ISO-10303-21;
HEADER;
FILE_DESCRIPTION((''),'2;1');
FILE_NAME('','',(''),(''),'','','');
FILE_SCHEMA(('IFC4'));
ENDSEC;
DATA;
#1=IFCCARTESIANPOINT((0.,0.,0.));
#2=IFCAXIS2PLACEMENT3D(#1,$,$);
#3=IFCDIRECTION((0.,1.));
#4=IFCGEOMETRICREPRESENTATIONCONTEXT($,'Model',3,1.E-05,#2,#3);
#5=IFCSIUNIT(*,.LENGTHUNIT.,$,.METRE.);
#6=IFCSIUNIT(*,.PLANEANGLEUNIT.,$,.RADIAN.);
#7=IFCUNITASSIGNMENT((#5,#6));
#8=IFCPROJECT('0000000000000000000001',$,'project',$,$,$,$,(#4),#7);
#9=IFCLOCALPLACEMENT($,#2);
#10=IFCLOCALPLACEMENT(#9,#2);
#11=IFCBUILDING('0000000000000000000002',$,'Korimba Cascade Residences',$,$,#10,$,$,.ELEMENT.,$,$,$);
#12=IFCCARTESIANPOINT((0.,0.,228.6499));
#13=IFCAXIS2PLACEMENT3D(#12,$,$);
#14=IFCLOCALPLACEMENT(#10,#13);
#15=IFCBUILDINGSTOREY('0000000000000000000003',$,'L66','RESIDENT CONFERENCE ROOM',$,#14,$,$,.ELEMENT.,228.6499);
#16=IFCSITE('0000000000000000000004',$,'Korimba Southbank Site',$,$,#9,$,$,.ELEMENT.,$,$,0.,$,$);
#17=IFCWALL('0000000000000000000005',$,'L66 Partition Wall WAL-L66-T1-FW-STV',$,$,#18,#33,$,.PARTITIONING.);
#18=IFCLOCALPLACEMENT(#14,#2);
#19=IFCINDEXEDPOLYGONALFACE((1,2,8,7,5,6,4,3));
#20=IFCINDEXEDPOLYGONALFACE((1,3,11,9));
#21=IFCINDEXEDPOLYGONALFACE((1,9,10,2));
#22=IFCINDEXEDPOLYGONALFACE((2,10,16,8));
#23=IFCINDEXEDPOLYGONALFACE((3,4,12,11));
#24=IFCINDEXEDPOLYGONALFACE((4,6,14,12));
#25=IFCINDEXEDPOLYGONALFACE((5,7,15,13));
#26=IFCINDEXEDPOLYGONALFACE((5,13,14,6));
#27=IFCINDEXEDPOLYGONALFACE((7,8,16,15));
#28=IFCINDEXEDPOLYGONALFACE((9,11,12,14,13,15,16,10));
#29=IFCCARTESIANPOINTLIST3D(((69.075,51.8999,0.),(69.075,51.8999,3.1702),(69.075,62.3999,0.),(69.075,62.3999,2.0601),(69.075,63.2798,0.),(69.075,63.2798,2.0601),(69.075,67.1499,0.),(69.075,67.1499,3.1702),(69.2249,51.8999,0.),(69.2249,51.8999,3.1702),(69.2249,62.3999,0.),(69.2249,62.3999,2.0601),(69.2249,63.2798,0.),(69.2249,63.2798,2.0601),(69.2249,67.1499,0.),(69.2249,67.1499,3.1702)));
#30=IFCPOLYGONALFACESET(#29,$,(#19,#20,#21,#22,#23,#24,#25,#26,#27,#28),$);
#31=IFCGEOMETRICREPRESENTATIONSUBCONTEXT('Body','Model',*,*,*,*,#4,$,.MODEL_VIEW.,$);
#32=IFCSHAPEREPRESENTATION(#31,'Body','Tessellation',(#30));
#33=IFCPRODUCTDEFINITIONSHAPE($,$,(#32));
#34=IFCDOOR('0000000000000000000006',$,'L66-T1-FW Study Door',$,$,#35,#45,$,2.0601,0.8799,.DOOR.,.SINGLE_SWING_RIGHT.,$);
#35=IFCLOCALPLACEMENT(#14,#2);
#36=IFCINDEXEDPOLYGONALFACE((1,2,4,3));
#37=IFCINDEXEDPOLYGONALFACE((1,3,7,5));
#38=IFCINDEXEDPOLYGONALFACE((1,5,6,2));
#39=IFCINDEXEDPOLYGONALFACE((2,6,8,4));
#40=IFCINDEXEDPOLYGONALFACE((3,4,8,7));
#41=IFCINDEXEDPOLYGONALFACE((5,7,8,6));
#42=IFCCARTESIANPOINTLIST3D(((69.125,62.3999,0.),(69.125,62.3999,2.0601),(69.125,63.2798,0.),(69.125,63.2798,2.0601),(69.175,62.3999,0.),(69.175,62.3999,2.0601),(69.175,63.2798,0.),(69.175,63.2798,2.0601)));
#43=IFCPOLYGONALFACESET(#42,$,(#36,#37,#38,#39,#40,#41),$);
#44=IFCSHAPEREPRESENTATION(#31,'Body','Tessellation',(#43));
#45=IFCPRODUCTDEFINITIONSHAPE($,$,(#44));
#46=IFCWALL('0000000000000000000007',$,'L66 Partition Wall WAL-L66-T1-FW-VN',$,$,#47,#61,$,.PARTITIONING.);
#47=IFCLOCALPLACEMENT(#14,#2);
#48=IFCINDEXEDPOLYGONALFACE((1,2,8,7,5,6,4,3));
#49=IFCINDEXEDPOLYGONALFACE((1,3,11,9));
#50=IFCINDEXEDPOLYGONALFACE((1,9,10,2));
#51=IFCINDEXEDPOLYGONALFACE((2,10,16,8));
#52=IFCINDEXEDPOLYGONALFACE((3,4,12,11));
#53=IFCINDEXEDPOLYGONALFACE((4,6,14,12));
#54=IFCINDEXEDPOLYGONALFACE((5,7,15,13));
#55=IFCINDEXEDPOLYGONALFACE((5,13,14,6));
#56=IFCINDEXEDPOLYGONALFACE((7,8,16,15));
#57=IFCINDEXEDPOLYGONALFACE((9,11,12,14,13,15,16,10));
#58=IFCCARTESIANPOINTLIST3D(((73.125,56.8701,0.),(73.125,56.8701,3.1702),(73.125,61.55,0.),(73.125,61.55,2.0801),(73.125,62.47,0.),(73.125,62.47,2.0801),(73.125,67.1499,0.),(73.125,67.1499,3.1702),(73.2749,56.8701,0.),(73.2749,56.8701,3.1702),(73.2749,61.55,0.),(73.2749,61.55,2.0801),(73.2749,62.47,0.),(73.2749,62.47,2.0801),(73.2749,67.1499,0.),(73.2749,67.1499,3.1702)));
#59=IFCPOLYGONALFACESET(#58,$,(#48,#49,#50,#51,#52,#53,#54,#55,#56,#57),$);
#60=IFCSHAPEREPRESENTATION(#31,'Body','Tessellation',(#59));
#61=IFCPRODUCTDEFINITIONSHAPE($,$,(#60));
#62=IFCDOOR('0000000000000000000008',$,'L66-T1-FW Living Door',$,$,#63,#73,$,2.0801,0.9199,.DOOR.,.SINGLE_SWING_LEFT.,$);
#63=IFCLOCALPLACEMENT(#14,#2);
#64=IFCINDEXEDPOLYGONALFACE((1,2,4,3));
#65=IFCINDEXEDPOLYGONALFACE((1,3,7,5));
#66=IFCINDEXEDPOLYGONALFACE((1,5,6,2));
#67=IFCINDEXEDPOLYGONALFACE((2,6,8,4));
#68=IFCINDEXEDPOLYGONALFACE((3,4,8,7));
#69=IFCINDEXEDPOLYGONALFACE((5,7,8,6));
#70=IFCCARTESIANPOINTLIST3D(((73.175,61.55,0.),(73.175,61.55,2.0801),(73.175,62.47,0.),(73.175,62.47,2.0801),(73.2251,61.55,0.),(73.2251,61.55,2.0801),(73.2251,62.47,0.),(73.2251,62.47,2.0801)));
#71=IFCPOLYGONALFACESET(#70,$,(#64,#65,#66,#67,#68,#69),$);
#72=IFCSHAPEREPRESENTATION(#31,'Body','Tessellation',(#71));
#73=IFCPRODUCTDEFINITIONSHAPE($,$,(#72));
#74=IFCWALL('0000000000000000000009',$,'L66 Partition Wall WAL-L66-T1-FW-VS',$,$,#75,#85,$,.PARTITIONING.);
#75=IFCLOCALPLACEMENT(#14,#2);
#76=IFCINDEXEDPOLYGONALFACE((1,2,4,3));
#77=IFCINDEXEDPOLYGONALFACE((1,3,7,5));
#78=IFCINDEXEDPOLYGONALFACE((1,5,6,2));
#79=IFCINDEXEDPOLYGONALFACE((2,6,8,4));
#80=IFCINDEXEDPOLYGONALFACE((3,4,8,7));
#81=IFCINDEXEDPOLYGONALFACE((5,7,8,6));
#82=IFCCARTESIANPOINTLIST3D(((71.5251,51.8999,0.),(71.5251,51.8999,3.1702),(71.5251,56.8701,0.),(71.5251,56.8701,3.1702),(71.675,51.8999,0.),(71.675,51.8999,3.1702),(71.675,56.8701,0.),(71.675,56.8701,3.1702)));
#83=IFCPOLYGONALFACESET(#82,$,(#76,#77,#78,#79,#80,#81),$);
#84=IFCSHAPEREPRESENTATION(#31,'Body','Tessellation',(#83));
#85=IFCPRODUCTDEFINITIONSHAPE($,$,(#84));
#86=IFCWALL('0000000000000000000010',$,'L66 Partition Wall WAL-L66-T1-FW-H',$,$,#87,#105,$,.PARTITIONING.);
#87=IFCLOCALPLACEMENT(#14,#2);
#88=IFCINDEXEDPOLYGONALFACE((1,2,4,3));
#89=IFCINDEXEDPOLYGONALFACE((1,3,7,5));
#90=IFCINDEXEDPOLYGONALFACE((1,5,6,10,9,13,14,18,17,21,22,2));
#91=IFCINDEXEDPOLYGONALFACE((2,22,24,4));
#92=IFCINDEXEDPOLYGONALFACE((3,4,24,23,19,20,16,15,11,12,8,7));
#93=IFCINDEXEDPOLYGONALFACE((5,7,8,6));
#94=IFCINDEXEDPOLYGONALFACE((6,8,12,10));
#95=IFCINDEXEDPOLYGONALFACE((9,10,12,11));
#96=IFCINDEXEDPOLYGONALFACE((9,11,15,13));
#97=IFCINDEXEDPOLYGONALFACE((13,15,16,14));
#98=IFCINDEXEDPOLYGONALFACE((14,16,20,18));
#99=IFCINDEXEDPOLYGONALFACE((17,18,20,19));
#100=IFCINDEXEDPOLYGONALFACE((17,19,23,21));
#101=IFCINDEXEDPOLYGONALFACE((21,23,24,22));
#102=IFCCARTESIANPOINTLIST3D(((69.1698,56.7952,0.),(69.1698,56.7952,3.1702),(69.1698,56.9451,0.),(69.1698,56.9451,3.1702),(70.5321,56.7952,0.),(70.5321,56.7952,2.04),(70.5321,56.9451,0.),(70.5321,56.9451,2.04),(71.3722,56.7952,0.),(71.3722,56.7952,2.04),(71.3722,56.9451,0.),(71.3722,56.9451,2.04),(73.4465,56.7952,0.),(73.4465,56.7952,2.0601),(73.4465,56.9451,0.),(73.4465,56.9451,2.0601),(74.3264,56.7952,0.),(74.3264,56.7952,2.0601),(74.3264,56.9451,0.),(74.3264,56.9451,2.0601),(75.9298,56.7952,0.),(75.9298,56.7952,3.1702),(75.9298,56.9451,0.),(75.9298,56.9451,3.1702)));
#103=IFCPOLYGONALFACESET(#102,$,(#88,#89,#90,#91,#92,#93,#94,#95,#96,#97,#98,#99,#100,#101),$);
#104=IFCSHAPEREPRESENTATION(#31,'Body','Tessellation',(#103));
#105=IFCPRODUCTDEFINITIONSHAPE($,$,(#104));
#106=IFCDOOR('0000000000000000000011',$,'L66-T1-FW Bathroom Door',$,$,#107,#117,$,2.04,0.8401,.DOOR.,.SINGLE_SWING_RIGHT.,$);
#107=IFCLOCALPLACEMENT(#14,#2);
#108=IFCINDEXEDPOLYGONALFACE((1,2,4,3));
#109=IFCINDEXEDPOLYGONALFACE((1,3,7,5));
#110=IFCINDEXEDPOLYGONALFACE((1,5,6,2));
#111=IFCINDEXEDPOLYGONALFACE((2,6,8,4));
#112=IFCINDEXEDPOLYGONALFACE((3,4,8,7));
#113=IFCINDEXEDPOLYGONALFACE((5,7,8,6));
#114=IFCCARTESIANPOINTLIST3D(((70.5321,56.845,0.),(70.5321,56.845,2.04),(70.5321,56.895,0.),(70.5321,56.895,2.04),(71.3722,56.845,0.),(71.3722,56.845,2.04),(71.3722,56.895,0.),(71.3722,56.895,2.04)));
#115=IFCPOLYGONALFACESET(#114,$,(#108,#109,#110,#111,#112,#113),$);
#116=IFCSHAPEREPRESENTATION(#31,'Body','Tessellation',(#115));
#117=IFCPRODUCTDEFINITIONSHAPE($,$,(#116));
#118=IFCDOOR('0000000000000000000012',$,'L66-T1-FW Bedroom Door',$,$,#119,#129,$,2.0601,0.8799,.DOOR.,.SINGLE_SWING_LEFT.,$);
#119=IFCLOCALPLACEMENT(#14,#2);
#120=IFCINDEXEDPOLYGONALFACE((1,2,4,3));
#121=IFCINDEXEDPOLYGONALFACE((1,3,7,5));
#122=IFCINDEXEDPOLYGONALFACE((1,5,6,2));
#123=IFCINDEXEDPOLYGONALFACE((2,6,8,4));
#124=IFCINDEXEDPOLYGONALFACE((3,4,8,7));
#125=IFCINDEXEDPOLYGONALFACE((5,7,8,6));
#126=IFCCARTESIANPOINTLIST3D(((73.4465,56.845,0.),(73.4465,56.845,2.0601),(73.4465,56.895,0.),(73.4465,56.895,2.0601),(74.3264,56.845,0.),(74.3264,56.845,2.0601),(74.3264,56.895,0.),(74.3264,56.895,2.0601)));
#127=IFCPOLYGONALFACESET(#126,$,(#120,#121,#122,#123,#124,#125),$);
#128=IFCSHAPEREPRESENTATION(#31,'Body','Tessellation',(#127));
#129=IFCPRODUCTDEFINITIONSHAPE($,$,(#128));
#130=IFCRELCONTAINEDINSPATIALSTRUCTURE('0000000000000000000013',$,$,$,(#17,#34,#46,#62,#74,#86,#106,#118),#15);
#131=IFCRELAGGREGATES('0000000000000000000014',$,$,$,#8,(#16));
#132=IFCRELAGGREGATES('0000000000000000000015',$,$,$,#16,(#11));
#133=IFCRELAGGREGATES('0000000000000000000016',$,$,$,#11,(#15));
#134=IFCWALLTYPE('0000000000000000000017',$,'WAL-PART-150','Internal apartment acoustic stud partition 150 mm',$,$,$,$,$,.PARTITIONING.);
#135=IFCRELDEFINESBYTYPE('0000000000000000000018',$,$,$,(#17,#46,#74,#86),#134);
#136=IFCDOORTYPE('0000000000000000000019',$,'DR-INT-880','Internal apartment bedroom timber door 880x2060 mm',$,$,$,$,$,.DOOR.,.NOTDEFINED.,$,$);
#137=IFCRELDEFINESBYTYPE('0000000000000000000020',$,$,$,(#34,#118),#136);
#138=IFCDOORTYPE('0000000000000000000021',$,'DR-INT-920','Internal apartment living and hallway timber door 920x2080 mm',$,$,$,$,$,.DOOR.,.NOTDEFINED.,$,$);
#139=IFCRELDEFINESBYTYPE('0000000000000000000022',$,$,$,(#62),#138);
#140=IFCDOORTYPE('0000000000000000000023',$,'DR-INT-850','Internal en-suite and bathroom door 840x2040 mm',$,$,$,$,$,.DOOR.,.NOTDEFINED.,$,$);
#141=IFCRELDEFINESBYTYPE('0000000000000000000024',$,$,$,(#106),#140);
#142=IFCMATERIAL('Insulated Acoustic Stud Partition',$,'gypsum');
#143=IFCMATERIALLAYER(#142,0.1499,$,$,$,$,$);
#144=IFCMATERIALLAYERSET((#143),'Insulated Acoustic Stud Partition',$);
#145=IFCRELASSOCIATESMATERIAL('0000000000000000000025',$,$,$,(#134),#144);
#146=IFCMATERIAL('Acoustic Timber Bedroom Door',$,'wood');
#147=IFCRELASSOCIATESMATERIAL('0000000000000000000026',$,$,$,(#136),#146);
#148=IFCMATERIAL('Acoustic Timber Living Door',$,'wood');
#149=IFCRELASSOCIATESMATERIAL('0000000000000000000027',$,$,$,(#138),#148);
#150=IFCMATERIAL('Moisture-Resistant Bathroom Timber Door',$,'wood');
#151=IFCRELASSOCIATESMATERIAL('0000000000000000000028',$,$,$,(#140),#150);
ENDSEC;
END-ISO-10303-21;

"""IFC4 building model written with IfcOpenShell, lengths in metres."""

from ifc_helpers import new_model, si_unit, direction, frame, frame_2d, origin, place, context, subcontext, project, spatial, rectangle, extrude, material, layer, layer_set, type_object, element, fill, save


model = new_model("IFC4")

# Units and contexts
model_context = context("Model", 3, precision=1e-05, world=origin(), true_north=direction((0.0, 1.0)))
body_context = subcontext(model_context, "Body", "Model", "MODEL_VIEW")
ifc_project = project(units=[si_unit("LENGTHUNIT", "METRE"), si_unit("PLANEANGLEUNIT", "RADIAN")], contexts=[model_context])

# Site, building, storey
site_placement = place(None, origin())
site = spatial("IfcSite", under=ifc_project, at=site_placement, Name="Korimba Southbank Site", CompositionType="ELEMENT", RefElevation=0.0)
building_placement = place(site_placement, origin())
building = spatial("IfcBuilding", under=site, at=building_placement, Name="Korimba Cascade Residences", CompositionType="ELEMENT")
storey_placement = place(building_placement, frame((0.0, 0.0, 228.6499)))
storey = spatial("IfcBuildingStorey", under=building, at=storey_placement, Name="L66", Description="RESIDENT CONFERENCE ROOM", CompositionType="ELEMENT", Elevation=228.6499)

# Walls, openings, doors
ifc_material_1 = material(Name="Insulated Acoustic Stud Partition", Category="gypsum")
ifc_layer_1 = layer(ifc_material_1, 0.1499)
ifc_layer_set_1 = layer_set([ifc_layer_1], Name="Insulated Acoustic Stud Partition")
wall_type_1 = type_object("IfcWallType", Name="WAL-PART-150", Description="Internal apartment acoustic stud partition 150 mm", PredefinedType="PARTITIONING", material=ifc_layer_set_1)
wall_1_placement = place(storey_placement, frame((69.1499, 51.8999, 0.0), z_axis=(0.0, 0.0, 1.0), x_axis=(0.0, 1.0, 0.0)))
wall_1 = element("IfcWall", 1, at=wall_1_placement, inside=storey, type_object=wall_type_1, Name="L66 Partition Wall WAL-L66-T1-FW-STV", PredefinedType="PARTITIONING", context=body_context, shape_type="SweptSolid", body=[
    extrude(rectangle(XDim=15.25, YDim=0.1499, at=frame_2d((7.625, 0.0))), origin(), (0.0, 0.0, 1.0), 3.1702),
])
opening_1_placement = place(wall_1_placement, frame((10.5, 0.0, 0.0)))
opening_1 = element("IfcOpeningElement", 2, at=opening_1_placement, cuts=wall_1, PredefinedType="OPENING", context=body_context, shape_type="SweptSolid", body=[
    extrude(rectangle(XDim=0.8799, YDim=2.0601, at=frame_2d((0.4399, 1.03))), frame((0.0, 0.085, 0.0), z_axis=(0.0, -1.0, 0.0), x_axis=(1.0, 0.0, 0.0)), (0.0, 0.0, 1.0), 0.1699),
])
ifc_material_2 = material(Name="Acoustic Timber Bedroom Door", Category="wood")
door_type_1 = type_object("IfcDoorType", Name="DR-INT-880", Description="Internal apartment bedroom timber door 880x2060 mm", OperationType="NOTDEFINED", PredefinedType="DOOR", material=ifc_material_2)
door_1_placement = place(opening_1_placement, origin())
door_1 = element("IfcDoor", 3, at=door_1_placement, inside=storey, type_object=door_type_1, Name="L66-T1-FW Study Door", OperationType="SINGLE_SWING_RIGHT", OverallHeight=2.0601, OverallWidth=0.8799, PredefinedType="DOOR", context=body_context, shape_type="SweptSolid", body=[
    extrude(rectangle(XDim=0.8799, YDim=2.0601, at=frame_2d((0.4399, 1.03))), frame((0.0, 0.0249, 0.0), z_axis=(0.0, -1.0, 0.0), x_axis=(1.0, 0.0, 0.0)), (0.0, 0.0, 1.0), 0.05),
])
fill(opening_1, door_1)
wall_2_placement = place(storey_placement, frame((73.2, 56.8701, 0.0), z_axis=(0.0, 0.0, 1.0), x_axis=(0.0, 1.0, 0.0)))
wall_2 = element("IfcWall", 4, at=wall_2_placement, inside=storey, type_object=wall_type_1, Name="L66 Partition Wall WAL-L66-T1-FW-VN", PredefinedType="PARTITIONING", context=body_context, shape_type="SweptSolid", body=[
    extrude(rectangle(XDim=10.2798, YDim=0.1499, at=frame_2d((5.1399, 0.0))), origin(), (0.0, 0.0, 1.0), 3.1702),
])
opening_2_placement = place(wall_2_placement, frame((4.6799, 0.0, 0.0)))
opening_2 = element("IfcOpeningElement", 5, at=opening_2_placement, cuts=wall_2, PredefinedType="OPENING", context=body_context, shape_type="SweptSolid", body=[
    extrude(rectangle(XDim=0.9199, YDim=2.0801, at=frame_2d((0.46, 1.04))), frame((0.0, 0.085, 0.0), z_axis=(0.0, -1.0, 0.0), x_axis=(1.0, 0.0, 0.0)), (0.0, 0.0, 1.0), 0.1699),
])
ifc_material_3 = material(Name="Acoustic Timber Living Door", Category="wood")
door_type_2 = type_object("IfcDoorType", Name="DR-INT-920", Description="Internal apartment living and hallway timber door 920x2080 mm", OperationType="NOTDEFINED", PredefinedType="DOOR", material=ifc_material_3)
door_2_placement = place(opening_2_placement, origin())
door_2 = element("IfcDoor", 6, at=door_2_placement, inside=storey, type_object=door_type_2, Name="L66-T1-FW Living Door", OperationType="SINGLE_SWING_LEFT", OverallHeight=2.0801, OverallWidth=0.9199, PredefinedType="DOOR", context=body_context, shape_type="SweptSolid", body=[
    extrude(rectangle(XDim=0.9199, YDim=2.0801, at=frame_2d((0.46, 1.04))), frame((0.0, 0.0249, 0.0), z_axis=(0.0, -1.0, 0.0), x_axis=(1.0, 0.0, 0.0)), (0.0, 0.0, 1.0), 0.05),
])
fill(opening_2, door_2)

# Wall
wall_3_placement = place(storey_placement, frame((71.6001, 51.8999, 0.0), z_axis=(0.0, 0.0, 1.0), x_axis=(0.0, 1.0, 0.0)))
element("IfcWall", 7, at=wall_3_placement, inside=storey, type_object=wall_type_1, Name="L66 Partition Wall WAL-L66-T1-FW-VS", PredefinedType="PARTITIONING", context=body_context, shape_type="SweptSolid", body=[
    extrude(rectangle(XDim=4.9702, YDim=0.1499, at=frame_2d((2.4851, 0.0))), origin(), (0.0, 0.0, 1.0), 3.1702),
])

# Wall, openings, doors
wall_4_placement = place(storey_placement, frame((69.1699, 56.8701, 0.0), z_axis=(0.0, 0.0, 1.0), x_axis=(1.0, 0.0, 0.0)))
wall_4 = element("IfcWall", 8, at=wall_4_placement, inside=storey, type_object=wall_type_1, Name="L66 Partition Wall WAL-L66-T1-FW-H", PredefinedType="PARTITIONING", context=body_context, shape_type="SweptSolid", body=[
    extrude(rectangle(XDim=6.76, YDim=0.1499, at=frame_2d((3.3799, 0.0))), origin(), (0.0, 0.0, 1.0), 3.1702),
])
opening_3_placement = place(wall_4_placement, frame((1.3623, 0.0, 0.0)))
opening_3 = element("IfcOpeningElement", 9, at=opening_3_placement, cuts=wall_4, PredefinedType="OPENING", context=body_context, shape_type="SweptSolid", body=[
    extrude(rectangle(XDim=0.8401, YDim=2.04, at=frame_2d((0.4199, 1.02))), frame((0.0, 0.085, 0.0), z_axis=(0.0, -1.0, 0.0), x_axis=(1.0, 0.0, 0.0)), (0.0, 0.0, 1.0), 0.1699),
])
opening_4_placement = place(wall_4_placement, frame((4.2766, 0.0, 0.0)))
opening_4 = element("IfcOpeningElement", 10, at=opening_4_placement, cuts=wall_4, PredefinedType="OPENING", context=body_context, shape_type="SweptSolid", body=[
    extrude(rectangle(XDim=0.8799, YDim=2.0601, at=frame_2d((0.4399, 1.03))), frame((0.0, 0.085, 0.0), z_axis=(0.0, -1.0, 0.0), x_axis=(1.0, 0.0, 0.0)), (0.0, 0.0, 1.0), 0.1699),
])
ifc_material_4 = material(Name="Moisture-Resistant Bathroom Timber Door", Category="wood")
door_type_3 = type_object("IfcDoorType", Name="DR-INT-850", Description="Internal en-suite and bathroom door 840x2040 mm", OperationType="NOTDEFINED", PredefinedType="DOOR", material=ifc_material_4)
door_3_placement = place(opening_3_placement, origin())
door_3 = element("IfcDoor", 11, at=door_3_placement, inside=storey, type_object=door_type_3, Name="L66-T1-FW Bathroom Door", OperationType="SINGLE_SWING_RIGHT", OverallHeight=2.04, OverallWidth=0.8401, PredefinedType="DOOR", context=body_context, shape_type="SweptSolid", body=[
    extrude(rectangle(XDim=0.8401, YDim=2.04, at=frame_2d((0.4199, 1.02))), frame((0.0, 0.0249, 0.0), z_axis=(0.0, -1.0, 0.0), x_axis=(1.0, 0.0, 0.0)), (0.0, 0.0, 1.0), 0.05),
])
fill(opening_3, door_3)
door_4_placement = place(opening_4_placement, origin())
door_4 = element("IfcDoor", 12, at=door_4_placement, inside=storey, type_object=door_type_1, Name="L66-T1-FW Bedroom Door", OperationType="SINGLE_SWING_LEFT", OverallHeight=2.0601, OverallWidth=0.8799, PredefinedType="DOOR", context=body_context, shape_type="SweptSolid", body=[
    extrude(rectangle(XDim=0.8799, YDim=2.0601, at=frame_2d((0.4399, 1.03))), frame((0.0, 0.0249, 0.0), z_axis=(0.0, -1.0, 0.0), x_axis=(1.0, 0.0, 0.0)), (0.0, 0.0, 1.0), 0.05),
])
fill(opening_4, door_4)

save(model, "model.ifc")
